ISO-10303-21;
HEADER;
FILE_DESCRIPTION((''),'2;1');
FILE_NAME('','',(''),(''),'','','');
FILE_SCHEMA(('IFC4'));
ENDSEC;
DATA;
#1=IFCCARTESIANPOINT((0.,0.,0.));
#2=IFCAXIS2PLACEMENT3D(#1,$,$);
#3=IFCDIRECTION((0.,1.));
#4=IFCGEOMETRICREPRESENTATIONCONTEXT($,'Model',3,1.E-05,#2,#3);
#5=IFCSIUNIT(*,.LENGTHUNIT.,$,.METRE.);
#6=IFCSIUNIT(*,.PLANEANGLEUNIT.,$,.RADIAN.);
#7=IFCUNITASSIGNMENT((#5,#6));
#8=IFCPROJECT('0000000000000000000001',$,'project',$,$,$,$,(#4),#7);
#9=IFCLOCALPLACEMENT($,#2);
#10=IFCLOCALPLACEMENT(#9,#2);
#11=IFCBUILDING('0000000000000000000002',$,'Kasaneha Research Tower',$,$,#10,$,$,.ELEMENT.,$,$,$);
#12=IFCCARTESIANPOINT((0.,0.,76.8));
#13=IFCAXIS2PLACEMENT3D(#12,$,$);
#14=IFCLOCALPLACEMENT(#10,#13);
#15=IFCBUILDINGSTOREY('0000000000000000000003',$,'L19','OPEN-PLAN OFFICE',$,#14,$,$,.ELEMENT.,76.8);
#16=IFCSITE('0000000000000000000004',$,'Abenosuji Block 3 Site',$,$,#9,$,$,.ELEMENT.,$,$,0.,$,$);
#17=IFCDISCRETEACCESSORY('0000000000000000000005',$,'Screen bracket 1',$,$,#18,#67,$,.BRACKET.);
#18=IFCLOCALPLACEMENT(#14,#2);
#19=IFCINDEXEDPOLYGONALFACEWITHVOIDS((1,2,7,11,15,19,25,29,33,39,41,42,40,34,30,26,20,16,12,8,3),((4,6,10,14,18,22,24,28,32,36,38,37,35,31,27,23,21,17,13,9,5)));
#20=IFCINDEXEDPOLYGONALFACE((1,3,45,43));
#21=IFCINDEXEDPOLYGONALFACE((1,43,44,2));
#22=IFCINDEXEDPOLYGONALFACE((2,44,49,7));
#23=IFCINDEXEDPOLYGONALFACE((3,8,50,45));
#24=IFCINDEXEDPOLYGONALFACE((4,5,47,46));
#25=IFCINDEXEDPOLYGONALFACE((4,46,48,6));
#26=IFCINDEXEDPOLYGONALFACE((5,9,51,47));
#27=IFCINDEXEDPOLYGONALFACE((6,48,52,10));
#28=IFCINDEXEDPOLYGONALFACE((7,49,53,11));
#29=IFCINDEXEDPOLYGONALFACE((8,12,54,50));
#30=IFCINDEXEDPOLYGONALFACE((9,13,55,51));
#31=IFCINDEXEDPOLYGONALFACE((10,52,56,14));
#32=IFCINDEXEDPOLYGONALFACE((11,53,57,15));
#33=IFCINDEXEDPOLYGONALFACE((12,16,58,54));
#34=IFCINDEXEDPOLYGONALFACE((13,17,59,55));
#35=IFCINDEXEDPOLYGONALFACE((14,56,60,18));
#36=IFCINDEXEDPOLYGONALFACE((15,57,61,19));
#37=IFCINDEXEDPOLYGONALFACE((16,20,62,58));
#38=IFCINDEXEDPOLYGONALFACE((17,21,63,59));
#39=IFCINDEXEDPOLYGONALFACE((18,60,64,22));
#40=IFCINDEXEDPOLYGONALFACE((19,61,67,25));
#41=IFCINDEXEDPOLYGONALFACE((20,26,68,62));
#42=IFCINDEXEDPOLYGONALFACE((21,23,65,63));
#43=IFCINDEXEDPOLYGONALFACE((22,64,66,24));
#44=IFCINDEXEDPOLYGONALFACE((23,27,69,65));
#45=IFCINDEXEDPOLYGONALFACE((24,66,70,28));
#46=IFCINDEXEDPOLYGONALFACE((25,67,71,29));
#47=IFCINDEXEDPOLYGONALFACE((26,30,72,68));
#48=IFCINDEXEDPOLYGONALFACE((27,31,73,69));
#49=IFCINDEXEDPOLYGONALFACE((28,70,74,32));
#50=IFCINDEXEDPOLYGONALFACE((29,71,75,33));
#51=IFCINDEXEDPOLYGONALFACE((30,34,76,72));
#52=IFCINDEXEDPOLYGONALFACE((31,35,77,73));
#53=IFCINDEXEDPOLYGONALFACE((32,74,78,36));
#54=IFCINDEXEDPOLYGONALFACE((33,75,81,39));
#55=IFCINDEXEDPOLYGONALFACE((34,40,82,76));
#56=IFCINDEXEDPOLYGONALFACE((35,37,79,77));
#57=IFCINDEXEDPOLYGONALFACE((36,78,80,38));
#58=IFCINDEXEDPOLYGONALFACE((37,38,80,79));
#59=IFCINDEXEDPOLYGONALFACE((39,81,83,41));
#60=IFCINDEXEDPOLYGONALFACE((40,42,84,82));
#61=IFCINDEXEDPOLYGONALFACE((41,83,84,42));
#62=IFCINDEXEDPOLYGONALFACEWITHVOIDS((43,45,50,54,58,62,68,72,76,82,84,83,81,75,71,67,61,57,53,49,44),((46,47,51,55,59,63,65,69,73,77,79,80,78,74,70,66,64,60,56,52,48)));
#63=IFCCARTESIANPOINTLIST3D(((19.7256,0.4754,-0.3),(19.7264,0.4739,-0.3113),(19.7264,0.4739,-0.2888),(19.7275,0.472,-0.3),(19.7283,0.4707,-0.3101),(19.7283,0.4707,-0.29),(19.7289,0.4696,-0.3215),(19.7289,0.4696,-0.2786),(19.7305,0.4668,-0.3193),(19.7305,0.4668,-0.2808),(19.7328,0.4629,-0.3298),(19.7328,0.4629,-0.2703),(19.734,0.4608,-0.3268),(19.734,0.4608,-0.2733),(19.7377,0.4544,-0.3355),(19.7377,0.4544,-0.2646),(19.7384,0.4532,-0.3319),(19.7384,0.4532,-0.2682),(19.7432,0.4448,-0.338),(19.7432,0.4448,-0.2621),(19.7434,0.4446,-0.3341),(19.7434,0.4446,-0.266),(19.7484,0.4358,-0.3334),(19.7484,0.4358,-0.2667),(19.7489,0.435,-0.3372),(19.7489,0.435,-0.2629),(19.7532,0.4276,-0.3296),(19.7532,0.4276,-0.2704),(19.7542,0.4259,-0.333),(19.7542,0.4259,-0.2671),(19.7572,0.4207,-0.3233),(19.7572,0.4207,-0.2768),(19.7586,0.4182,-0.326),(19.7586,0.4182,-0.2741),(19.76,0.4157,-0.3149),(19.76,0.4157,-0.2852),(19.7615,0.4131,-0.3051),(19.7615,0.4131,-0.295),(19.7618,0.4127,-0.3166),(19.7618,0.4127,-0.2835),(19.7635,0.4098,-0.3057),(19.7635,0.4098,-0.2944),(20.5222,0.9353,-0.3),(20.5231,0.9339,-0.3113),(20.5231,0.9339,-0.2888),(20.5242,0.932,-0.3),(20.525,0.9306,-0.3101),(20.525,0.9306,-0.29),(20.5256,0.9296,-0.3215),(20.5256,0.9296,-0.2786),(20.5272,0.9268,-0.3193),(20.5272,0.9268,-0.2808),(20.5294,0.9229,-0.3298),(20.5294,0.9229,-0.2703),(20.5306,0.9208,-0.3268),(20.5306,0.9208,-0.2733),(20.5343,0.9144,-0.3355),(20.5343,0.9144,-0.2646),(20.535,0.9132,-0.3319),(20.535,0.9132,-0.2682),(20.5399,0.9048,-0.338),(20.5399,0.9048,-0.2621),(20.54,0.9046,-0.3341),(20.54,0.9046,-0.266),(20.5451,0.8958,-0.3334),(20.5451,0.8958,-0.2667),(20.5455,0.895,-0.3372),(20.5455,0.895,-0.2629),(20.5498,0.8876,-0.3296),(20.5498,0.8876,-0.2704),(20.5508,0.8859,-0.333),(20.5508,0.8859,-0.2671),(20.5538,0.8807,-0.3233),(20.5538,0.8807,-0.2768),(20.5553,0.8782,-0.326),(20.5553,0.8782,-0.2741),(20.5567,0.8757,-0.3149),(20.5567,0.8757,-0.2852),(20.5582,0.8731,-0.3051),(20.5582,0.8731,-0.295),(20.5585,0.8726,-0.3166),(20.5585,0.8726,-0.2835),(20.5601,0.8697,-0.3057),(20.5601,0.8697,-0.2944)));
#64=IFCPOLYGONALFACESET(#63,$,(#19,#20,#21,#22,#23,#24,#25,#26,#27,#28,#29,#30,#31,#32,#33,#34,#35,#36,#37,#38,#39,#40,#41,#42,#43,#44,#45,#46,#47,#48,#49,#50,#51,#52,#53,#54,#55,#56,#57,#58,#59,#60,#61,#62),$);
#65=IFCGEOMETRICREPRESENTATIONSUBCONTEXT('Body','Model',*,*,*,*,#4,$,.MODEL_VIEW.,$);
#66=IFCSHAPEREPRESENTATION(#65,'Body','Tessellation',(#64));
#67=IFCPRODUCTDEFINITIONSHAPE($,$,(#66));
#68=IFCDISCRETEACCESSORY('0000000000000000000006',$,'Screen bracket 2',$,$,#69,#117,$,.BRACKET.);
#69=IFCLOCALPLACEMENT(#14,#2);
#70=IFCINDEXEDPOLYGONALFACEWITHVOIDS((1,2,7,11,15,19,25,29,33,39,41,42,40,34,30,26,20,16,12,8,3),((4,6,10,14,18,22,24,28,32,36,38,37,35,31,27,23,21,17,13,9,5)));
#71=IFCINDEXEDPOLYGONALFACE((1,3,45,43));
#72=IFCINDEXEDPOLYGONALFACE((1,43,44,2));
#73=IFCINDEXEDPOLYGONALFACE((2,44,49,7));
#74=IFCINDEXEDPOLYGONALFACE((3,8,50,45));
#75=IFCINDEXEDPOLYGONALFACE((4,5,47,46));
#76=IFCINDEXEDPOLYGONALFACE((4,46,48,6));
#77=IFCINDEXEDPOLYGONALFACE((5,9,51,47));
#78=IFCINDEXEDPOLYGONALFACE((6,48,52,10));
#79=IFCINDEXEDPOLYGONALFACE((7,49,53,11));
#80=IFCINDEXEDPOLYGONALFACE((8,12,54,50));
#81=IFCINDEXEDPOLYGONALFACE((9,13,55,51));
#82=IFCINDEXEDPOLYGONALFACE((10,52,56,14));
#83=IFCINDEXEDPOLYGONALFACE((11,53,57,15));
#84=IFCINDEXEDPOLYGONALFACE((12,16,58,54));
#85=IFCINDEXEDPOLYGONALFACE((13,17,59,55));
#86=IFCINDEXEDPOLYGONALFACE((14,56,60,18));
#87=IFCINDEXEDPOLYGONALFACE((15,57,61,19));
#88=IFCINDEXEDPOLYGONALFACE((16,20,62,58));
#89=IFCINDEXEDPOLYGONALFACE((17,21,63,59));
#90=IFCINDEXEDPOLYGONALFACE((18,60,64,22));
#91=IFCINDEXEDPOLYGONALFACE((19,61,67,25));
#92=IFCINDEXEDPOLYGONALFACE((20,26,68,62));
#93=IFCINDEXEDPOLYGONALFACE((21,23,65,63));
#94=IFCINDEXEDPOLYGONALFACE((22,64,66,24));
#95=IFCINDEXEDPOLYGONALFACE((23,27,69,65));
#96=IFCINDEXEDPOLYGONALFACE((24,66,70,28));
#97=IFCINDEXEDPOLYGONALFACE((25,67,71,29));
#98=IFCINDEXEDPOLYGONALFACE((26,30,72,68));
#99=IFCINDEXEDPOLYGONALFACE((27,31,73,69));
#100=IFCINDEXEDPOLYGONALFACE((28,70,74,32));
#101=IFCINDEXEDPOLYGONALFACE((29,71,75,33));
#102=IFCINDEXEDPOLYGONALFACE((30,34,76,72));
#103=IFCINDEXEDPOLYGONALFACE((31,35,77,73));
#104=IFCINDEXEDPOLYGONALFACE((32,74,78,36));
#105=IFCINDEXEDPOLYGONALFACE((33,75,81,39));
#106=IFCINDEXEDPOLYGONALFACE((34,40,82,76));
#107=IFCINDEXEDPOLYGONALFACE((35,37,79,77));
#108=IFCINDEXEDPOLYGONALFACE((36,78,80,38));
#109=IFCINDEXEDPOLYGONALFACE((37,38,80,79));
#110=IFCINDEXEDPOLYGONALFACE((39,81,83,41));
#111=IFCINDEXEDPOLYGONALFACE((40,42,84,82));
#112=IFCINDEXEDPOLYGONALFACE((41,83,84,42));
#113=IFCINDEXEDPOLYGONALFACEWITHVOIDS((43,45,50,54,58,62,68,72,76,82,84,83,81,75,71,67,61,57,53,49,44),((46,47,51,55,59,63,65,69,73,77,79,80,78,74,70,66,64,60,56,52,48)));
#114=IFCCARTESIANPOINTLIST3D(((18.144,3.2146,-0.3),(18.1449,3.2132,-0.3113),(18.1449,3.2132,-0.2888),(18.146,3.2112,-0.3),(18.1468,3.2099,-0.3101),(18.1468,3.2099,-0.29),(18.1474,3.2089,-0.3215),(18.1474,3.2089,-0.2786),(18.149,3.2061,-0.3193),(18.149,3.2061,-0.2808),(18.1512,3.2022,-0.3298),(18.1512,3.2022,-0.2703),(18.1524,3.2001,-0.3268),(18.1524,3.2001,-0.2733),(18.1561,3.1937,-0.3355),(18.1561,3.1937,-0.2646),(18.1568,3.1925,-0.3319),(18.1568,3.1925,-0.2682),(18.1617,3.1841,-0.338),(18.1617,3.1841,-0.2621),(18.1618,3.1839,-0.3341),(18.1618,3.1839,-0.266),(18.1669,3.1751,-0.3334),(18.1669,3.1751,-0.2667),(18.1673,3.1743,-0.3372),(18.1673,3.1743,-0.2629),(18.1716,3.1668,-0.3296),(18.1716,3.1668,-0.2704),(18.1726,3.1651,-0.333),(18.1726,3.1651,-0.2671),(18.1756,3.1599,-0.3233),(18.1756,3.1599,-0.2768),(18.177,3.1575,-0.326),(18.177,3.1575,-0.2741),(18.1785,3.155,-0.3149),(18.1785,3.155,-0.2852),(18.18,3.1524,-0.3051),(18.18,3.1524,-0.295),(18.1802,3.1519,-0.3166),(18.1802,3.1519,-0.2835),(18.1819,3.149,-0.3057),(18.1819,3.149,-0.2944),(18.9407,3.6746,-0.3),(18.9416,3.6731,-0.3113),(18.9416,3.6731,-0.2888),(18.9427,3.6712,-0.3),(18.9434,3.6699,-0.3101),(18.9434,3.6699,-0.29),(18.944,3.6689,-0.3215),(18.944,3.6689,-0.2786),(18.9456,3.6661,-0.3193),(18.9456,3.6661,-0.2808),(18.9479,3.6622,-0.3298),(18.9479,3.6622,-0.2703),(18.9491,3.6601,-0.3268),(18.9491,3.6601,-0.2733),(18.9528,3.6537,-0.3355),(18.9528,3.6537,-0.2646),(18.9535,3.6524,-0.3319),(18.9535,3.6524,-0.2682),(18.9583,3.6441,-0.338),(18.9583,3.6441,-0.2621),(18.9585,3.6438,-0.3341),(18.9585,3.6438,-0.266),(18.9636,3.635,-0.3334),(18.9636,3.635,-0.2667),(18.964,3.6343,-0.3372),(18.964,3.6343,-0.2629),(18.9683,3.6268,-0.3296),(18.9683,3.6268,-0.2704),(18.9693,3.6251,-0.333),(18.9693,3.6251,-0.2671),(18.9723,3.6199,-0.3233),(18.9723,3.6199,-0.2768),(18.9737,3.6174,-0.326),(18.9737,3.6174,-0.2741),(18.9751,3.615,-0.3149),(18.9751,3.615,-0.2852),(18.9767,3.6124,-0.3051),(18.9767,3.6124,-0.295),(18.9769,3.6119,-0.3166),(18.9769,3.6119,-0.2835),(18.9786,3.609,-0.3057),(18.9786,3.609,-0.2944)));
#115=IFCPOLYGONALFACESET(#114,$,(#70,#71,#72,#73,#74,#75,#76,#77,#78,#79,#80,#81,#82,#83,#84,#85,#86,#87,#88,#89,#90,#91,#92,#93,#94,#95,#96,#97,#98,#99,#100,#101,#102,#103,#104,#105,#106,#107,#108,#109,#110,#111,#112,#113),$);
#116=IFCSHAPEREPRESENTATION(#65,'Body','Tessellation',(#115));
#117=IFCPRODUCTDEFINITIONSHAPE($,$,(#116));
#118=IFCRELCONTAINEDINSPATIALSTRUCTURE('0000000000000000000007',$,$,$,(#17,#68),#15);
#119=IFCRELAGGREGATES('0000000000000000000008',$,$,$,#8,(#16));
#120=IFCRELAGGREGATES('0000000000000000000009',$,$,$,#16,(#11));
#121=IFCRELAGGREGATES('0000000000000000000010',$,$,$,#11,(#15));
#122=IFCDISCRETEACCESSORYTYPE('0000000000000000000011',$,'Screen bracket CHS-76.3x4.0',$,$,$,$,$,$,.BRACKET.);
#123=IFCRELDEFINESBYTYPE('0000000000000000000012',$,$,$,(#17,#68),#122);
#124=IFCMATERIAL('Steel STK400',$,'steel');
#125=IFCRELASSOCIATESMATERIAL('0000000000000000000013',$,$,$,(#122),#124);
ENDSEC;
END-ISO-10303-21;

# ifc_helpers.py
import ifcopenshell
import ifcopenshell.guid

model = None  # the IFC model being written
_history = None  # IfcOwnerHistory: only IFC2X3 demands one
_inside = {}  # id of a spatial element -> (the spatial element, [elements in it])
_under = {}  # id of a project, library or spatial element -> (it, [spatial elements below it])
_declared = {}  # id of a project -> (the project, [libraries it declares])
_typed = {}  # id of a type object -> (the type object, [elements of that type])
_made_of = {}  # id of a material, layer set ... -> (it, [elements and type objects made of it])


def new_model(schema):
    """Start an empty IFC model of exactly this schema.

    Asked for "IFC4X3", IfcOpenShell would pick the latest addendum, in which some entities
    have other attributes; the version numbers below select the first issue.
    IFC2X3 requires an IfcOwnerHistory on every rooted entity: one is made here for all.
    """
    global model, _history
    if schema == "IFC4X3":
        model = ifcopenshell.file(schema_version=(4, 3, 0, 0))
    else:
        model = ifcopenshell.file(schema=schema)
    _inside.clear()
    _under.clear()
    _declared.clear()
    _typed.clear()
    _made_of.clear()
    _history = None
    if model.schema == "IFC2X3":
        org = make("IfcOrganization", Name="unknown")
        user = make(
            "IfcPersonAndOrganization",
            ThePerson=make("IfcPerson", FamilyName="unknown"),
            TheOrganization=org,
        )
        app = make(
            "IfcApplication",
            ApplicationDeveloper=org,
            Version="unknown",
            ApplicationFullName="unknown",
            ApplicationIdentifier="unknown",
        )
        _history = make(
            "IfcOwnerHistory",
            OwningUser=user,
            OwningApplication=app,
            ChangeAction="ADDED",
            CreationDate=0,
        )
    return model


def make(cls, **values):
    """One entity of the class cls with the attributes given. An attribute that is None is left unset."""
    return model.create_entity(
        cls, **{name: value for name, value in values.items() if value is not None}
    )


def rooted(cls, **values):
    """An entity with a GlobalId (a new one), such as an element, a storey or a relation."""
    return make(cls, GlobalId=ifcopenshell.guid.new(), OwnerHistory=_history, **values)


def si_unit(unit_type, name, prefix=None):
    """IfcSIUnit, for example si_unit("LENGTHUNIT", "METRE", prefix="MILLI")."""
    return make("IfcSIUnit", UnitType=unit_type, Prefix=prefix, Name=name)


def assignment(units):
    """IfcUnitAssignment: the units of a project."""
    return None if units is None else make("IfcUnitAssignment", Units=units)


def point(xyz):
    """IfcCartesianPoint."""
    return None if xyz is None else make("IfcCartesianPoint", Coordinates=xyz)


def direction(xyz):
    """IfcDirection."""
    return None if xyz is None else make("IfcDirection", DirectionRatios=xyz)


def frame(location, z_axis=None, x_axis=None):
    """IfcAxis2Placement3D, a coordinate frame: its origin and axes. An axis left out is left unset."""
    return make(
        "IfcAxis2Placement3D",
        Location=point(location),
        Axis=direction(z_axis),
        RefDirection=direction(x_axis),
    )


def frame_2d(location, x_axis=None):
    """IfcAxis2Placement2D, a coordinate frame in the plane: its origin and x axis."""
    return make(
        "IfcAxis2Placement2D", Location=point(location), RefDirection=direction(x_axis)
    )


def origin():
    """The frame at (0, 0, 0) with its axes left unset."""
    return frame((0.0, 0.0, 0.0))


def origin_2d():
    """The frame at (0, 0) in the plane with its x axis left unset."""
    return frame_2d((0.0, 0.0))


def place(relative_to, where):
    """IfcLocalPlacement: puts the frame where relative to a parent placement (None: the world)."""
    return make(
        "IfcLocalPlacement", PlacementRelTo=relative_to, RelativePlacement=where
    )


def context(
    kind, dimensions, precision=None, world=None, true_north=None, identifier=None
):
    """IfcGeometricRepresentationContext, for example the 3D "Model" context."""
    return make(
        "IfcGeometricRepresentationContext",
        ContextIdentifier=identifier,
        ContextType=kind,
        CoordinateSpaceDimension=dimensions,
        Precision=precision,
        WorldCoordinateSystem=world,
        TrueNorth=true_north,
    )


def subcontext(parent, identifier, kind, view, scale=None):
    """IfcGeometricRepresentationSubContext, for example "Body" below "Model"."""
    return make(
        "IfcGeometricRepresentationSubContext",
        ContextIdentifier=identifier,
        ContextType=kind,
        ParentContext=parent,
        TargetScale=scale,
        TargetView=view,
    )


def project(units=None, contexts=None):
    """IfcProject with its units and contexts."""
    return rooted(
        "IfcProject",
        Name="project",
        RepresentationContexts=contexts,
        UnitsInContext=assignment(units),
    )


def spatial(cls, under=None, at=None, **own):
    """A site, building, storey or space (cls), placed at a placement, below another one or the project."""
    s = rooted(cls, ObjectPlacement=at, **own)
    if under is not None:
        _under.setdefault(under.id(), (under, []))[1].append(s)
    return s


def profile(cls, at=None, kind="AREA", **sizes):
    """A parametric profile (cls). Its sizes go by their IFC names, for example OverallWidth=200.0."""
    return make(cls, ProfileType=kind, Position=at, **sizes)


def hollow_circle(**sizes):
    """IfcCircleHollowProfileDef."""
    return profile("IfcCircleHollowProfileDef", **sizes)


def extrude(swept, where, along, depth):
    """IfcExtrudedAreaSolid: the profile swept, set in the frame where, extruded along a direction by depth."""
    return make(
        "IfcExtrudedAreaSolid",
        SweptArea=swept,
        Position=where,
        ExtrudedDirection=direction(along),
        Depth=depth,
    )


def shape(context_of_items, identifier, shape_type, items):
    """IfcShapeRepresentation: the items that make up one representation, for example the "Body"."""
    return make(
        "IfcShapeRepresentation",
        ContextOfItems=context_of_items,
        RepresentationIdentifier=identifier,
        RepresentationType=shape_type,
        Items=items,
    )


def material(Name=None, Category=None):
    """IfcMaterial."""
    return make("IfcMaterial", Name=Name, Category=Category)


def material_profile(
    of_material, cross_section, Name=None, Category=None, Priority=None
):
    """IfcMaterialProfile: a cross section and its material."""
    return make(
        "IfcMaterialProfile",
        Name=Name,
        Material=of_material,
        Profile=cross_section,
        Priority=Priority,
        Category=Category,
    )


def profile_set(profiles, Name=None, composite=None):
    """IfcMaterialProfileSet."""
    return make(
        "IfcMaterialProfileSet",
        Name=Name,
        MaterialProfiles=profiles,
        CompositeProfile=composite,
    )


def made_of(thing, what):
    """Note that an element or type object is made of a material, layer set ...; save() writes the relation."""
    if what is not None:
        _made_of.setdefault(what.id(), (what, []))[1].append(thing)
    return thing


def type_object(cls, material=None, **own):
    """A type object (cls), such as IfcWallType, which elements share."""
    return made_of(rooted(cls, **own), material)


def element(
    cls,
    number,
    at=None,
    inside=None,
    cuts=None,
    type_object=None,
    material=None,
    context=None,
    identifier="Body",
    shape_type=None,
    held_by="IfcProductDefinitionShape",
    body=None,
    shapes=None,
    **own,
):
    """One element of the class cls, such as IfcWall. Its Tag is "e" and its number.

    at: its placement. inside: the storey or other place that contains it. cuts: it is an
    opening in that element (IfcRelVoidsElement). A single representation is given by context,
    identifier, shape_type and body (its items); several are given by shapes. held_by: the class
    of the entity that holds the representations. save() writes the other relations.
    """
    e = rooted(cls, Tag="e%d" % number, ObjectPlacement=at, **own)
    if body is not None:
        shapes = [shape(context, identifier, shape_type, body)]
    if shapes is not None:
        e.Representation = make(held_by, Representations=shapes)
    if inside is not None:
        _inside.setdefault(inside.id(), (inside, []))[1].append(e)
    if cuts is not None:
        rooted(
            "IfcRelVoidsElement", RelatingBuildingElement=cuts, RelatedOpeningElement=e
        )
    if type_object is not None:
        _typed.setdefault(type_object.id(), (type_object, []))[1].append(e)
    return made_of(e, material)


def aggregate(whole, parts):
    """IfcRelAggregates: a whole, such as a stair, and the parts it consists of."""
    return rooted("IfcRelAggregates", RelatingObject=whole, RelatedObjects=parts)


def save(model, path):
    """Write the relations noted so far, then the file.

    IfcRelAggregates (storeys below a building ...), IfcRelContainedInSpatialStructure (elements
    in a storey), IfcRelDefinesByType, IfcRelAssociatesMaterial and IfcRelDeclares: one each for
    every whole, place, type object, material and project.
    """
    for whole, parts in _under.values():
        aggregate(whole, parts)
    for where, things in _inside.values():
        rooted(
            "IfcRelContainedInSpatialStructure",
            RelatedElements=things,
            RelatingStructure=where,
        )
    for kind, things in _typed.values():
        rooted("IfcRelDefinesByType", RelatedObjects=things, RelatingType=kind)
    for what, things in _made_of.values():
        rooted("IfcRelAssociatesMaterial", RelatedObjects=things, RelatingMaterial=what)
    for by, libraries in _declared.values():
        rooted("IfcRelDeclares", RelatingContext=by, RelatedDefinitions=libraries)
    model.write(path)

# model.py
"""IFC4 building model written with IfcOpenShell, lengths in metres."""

from ifc_helpers import new_model, si_unit, direction, frame, origin, origin_2d, place, context, subcontext, project, spatial, hollow_circle, extrude, material, material_profile, profile_set, type_object, element, save


model = new_model("IFC4")

# Units and contexts
model_context = context("Model", 3, precision=1e-05, world=origin(), true_north=direction((0.0, 1.0)))
body_context = subcontext(model_context, "Body", "Model", "MODEL_VIEW")
ifc_project = project(units=[si_unit("LENGTHUNIT", "METRE"), si_unit("PLANEANGLEUNIT", "RADIAN")], contexts=[model_context])

# Site, building, storey
site_placement = place(None, origin())
site = spatial("IfcSite", under=ifc_project, at=site_placement, Name="Abenosuji Block 3 Site", CompositionType="ELEMENT", RefElevation=0.0)
building_placement = place(site_placement, origin())
building = spatial("IfcBuilding", under=site, at=building_placement, Name="Kasaneha Research Tower", CompositionType="ELEMENT")
storey_placement = place(building_placement, frame((0.0, 0.0, 76.8)))
storey = spatial("IfcBuildingStorey", under=building, at=storey_placement, Name="L19", Description="OPEN-PLAN OFFICE", CompositionType="ELEMENT", Elevation=76.8)

# Discrete accessories
ifc_material_1 = material(Name="Steel STK400", Category="steel")
ifc_material_profile_1 = material_profile(ifc_material_1, hollow_circle(Radius=0.0381, WallThickness=0.0039, at=origin_2d()), Name="CHS-76.3x4.0")
ifc_profile_set_1 = profile_set([ifc_material_profile_1], Name="Steel STK400")
discrete_accessory_type = type_object("IfcDiscreteAccessoryType", Name="Screen bracket CHS-76.3x4.0", PredefinedType="BRACKET", material=ifc_profile_set_1)
for number, where, z_axis, x_axis, name in (
    (1, (19.7446, 0.4424, -0.3), (0.866013, 0.500021, 0.0), (-0.500021, 0.866013, 0.0), "Screen bracket 1"),
    (2, (18.1631, 3.1816, -0.3), (0.866013, 0.500021, 0.0), (-0.500021, 0.866013, 0.0), "Screen bracket 2"),
):
    element("IfcDiscreteAccessory", number, at=place(storey_placement, frame(where, z_axis=z_axis, x_axis=x_axis)), inside=storey, type_object=discrete_accessory_type, Name=name, PredefinedType="BRACKET", context=body_context, shape_type="SweptSolid", body=[
        extrude(hollow_circle(Radius=0.0381, WallThickness=0.0039, at=origin_2d()), origin(), (0.0, 0.0, 1.0), 0.9199),
    ])

save(model, "model.ifc")
